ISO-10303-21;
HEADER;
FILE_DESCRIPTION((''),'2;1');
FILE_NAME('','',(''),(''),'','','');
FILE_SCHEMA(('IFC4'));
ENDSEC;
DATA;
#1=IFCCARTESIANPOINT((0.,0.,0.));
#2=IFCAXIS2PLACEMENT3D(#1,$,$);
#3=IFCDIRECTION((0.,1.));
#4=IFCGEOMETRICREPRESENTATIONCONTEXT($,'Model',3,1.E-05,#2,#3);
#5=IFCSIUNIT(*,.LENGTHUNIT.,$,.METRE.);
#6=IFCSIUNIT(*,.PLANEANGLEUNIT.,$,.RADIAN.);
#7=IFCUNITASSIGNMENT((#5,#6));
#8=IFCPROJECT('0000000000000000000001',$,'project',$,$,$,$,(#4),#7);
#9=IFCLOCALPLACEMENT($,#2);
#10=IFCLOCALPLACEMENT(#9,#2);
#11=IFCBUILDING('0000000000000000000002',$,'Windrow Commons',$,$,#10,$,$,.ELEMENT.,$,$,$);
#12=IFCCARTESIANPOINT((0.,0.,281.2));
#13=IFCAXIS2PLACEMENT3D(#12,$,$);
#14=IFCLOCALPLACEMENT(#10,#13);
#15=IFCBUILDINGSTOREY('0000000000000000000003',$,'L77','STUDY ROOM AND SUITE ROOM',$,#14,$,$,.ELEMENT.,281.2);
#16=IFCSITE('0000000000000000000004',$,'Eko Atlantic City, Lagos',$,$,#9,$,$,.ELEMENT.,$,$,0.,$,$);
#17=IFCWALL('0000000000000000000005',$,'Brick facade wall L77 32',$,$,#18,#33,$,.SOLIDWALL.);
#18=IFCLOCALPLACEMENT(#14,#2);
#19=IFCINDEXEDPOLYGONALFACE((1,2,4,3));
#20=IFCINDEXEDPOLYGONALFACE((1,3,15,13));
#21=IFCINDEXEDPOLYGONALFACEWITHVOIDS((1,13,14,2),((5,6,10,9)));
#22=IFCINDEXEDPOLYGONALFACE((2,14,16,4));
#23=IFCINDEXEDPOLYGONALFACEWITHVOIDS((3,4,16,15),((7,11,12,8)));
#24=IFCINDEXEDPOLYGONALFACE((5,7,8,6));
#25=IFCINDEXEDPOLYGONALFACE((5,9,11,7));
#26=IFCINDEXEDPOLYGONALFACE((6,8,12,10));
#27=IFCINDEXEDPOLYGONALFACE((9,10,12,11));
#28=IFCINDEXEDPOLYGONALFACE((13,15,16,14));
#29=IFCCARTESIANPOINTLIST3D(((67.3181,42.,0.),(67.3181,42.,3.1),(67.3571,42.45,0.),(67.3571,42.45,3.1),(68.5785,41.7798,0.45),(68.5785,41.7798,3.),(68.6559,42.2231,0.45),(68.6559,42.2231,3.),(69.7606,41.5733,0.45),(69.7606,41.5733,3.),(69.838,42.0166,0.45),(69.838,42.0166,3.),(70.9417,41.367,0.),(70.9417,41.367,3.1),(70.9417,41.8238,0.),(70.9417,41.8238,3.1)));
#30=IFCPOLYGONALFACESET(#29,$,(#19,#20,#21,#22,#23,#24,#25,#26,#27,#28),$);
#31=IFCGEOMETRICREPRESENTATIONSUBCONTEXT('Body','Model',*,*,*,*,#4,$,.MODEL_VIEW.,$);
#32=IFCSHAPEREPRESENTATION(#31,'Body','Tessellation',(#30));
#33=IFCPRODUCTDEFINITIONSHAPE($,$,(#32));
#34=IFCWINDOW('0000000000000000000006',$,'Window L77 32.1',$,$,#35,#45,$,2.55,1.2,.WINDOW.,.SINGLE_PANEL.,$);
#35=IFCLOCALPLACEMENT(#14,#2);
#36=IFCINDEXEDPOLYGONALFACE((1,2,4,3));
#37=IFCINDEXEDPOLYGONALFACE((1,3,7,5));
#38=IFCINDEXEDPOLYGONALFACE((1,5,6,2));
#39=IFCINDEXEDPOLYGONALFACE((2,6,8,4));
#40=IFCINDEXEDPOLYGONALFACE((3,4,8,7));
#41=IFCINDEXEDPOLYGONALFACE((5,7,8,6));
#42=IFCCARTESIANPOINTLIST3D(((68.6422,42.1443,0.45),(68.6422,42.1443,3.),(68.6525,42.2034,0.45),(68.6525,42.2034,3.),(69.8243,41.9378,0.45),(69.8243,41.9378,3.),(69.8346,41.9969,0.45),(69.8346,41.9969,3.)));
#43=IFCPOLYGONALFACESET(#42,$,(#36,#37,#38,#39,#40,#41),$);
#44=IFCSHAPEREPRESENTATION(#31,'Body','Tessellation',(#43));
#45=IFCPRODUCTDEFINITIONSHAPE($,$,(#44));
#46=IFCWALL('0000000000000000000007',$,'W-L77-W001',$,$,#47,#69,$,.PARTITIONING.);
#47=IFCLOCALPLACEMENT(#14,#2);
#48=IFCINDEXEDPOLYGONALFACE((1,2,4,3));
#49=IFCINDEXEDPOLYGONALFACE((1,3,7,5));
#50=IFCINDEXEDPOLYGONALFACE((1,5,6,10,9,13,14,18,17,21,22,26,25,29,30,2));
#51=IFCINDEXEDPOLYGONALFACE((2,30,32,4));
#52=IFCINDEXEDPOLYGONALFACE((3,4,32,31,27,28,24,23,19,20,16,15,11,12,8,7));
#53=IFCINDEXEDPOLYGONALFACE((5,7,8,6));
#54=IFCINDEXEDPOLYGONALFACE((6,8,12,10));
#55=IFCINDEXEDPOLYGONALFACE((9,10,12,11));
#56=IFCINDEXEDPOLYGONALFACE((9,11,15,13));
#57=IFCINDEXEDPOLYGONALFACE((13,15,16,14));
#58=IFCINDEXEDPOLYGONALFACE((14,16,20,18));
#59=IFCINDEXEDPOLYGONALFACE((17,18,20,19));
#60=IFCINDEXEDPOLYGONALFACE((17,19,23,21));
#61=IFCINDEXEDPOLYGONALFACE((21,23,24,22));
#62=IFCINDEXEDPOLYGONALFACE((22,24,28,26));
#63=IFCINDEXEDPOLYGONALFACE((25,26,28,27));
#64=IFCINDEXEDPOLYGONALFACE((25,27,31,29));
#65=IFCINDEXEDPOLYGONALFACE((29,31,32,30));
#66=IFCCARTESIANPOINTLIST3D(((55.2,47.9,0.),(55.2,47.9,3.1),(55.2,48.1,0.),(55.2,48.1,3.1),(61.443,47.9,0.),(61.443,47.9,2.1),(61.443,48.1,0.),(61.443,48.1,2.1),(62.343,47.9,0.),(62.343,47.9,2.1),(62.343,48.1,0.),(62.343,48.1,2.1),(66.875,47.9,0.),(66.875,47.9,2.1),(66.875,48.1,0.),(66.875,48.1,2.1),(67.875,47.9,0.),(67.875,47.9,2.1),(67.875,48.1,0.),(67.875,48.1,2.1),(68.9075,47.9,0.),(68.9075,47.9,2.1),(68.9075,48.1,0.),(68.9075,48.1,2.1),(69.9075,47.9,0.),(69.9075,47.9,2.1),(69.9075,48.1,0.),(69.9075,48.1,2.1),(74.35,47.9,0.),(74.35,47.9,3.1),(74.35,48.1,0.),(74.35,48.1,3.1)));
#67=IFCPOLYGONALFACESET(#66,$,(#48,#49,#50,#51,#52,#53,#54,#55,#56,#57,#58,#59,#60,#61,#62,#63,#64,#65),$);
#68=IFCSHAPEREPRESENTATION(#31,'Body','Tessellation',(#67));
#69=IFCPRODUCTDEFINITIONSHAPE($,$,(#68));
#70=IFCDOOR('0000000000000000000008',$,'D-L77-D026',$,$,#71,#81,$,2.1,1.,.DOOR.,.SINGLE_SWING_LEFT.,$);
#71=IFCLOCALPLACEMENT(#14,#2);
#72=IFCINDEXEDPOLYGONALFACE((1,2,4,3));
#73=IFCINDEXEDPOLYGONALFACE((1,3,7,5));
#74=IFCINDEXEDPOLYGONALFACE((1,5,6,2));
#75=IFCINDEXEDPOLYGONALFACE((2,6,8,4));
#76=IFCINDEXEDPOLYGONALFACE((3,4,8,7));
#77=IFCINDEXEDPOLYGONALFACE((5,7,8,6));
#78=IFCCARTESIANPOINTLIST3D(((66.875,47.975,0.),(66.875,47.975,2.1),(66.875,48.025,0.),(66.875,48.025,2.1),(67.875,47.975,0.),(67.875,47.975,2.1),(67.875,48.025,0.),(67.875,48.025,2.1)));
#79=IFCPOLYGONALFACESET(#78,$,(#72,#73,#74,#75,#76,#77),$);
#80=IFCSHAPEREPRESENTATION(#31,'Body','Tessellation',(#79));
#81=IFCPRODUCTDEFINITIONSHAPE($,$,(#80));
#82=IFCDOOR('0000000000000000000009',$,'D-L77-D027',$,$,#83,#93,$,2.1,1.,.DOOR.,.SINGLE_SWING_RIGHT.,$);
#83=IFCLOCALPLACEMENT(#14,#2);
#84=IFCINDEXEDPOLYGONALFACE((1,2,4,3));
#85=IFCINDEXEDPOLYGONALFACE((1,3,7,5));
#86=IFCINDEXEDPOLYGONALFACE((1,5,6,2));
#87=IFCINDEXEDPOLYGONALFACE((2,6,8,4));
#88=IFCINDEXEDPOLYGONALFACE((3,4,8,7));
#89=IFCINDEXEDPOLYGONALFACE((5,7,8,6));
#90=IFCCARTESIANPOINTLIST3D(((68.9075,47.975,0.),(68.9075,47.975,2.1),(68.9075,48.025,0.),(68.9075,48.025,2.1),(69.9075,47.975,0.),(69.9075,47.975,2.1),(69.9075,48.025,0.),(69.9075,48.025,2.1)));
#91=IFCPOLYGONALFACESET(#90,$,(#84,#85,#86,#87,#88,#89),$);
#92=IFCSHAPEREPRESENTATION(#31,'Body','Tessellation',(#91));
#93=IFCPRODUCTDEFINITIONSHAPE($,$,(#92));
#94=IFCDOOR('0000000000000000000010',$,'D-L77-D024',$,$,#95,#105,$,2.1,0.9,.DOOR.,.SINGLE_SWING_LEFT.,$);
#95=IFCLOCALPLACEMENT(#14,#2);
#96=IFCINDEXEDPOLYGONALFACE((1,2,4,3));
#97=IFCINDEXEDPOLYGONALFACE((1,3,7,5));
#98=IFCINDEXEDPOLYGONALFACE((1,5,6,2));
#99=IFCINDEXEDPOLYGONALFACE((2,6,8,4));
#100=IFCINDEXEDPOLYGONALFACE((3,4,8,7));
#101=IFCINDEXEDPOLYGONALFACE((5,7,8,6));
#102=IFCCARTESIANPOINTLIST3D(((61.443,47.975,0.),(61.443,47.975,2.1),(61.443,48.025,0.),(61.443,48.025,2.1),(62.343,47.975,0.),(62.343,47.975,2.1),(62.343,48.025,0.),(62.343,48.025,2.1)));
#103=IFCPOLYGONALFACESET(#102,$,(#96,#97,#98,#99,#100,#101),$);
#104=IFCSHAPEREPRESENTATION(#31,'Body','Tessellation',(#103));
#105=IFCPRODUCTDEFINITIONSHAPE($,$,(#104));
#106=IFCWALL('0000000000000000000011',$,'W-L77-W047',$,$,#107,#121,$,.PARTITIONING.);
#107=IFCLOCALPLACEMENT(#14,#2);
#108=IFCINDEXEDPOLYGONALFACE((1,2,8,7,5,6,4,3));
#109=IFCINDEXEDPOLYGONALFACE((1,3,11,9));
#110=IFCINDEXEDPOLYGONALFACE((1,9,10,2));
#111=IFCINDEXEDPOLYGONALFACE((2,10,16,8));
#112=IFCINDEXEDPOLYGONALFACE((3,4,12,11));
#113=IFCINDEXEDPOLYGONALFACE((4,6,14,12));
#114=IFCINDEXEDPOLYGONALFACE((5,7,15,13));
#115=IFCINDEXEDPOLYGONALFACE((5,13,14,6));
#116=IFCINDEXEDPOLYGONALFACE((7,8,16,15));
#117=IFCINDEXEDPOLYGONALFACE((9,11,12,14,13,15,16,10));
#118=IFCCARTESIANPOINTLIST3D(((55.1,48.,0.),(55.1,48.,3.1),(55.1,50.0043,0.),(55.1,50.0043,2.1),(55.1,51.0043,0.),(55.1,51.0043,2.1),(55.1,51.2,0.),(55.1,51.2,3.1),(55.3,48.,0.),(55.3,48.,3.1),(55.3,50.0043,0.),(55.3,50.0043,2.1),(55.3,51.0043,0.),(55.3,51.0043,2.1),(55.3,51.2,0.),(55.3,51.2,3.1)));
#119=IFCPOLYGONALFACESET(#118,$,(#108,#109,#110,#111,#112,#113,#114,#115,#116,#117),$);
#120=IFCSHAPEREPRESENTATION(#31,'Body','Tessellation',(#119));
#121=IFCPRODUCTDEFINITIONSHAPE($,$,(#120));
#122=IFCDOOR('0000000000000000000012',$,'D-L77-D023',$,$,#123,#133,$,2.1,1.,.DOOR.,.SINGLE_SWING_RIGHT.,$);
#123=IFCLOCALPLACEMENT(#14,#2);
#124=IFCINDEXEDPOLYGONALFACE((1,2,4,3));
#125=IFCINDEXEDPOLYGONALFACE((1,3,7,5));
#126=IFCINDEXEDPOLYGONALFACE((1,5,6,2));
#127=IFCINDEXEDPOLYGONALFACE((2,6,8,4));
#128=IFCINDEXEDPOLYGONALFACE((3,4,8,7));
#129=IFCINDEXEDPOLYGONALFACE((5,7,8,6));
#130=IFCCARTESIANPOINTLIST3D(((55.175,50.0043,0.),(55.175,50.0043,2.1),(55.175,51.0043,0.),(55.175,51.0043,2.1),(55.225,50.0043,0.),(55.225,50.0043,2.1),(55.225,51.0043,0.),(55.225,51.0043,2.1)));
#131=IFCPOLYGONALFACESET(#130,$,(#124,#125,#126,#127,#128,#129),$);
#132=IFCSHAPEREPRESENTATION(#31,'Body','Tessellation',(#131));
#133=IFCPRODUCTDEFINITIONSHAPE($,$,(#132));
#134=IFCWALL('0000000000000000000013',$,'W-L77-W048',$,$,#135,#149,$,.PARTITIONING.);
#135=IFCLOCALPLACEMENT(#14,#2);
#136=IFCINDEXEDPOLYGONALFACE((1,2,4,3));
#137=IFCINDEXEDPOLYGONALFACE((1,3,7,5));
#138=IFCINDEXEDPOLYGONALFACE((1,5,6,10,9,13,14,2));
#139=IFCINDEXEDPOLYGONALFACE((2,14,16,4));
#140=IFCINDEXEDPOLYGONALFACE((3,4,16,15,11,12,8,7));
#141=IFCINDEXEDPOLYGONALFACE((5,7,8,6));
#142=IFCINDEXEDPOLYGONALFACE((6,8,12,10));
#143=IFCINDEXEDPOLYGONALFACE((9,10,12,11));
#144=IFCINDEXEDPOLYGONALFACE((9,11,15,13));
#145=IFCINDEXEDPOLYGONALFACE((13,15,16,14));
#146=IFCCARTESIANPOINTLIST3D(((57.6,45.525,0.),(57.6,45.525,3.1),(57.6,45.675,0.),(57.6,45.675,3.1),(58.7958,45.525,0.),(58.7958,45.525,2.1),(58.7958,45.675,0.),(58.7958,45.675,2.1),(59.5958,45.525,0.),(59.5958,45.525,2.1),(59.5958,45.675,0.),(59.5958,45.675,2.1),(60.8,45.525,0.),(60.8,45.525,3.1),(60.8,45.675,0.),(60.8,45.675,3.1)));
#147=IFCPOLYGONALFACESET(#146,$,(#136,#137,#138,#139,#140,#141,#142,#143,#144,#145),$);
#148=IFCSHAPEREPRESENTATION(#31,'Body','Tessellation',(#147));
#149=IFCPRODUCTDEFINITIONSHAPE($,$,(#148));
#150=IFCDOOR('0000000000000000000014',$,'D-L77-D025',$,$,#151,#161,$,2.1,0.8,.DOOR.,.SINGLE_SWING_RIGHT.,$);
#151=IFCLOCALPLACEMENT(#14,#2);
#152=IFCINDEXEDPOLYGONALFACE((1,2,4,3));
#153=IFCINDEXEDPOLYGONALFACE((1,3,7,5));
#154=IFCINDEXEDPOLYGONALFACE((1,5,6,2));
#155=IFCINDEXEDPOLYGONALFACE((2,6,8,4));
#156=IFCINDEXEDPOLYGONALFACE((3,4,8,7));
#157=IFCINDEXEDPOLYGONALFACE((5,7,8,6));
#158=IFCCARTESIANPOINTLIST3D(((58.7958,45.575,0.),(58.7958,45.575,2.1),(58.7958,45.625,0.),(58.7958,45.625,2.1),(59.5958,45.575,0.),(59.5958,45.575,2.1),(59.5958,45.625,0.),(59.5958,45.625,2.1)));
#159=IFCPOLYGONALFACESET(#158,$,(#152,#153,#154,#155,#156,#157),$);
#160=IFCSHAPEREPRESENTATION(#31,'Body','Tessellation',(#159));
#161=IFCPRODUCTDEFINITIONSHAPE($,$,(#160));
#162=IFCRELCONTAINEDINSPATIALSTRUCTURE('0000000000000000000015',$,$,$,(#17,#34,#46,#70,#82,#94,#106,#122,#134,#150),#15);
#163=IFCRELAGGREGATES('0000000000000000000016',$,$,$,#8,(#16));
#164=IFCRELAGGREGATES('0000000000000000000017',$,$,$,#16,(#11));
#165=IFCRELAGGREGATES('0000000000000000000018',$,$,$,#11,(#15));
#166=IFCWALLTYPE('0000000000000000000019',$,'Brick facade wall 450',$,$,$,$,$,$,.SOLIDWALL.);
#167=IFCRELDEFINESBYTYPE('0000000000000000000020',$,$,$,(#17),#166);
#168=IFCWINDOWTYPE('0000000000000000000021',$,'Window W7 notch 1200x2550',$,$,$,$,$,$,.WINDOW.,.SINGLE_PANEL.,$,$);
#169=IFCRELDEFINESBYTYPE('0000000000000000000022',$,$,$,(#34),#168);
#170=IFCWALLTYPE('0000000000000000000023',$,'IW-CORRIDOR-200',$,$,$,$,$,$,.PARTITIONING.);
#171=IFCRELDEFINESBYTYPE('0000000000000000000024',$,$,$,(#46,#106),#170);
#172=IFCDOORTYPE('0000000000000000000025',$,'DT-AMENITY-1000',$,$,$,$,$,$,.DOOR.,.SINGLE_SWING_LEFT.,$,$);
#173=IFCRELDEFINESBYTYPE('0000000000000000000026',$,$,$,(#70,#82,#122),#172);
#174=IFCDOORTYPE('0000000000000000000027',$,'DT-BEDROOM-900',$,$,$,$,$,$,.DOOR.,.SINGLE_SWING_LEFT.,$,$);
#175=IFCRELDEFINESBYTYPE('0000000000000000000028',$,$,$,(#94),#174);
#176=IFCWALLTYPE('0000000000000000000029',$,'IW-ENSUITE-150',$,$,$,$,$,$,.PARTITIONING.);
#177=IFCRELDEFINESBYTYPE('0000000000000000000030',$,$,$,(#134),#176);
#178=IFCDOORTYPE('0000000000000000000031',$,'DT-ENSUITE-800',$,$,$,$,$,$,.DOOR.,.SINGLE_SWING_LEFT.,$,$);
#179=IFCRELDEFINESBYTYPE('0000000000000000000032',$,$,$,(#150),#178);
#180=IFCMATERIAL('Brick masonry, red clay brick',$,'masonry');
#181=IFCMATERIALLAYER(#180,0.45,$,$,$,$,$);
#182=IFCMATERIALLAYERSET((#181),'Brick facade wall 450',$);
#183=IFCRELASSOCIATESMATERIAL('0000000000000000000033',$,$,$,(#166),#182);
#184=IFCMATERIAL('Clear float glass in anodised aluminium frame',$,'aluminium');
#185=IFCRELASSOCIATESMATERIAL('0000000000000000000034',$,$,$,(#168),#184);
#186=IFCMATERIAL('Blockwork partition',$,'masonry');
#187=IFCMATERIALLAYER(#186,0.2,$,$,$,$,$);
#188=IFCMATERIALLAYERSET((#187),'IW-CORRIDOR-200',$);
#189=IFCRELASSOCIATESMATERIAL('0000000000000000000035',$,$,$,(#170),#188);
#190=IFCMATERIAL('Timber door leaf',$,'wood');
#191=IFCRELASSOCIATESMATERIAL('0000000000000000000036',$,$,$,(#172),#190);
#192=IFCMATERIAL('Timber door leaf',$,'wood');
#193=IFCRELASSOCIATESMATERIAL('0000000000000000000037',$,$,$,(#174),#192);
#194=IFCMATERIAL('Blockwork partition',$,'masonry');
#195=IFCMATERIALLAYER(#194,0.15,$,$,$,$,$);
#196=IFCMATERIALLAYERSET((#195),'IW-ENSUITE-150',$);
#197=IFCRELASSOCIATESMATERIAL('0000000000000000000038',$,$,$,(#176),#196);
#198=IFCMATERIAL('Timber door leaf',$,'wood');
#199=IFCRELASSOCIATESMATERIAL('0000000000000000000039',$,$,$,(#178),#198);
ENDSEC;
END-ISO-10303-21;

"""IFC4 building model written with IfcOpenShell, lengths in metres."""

from ifc_helpers import new_model, si_unit, direction, frame, frame_2d, origin, place, context, subcontext, project, spatial, polyline, rectangle, outline, extrude, material, layer, layer_set, type_object, element, fill, save


model = new_model("IFC4")

# Units and contexts
model_context = context("Model", 3, precision=1e-05, world=origin(), true_north=direction((0.0, 1.0)))
body_context = subcontext(model_context, "Body", "Model", "MODEL_VIEW")
ifc_project = project(units=[si_unit("LENGTHUNIT", "METRE"), si_unit("PLANEANGLEUNIT", "RADIAN")], contexts=[model_context])

# Site, building, storey
site_placement = place(None, origin())
site = spatial("IfcSite", under=ifc_project, at=site_placement, Name="Eko Atlantic City, Lagos", CompositionType="ELEMENT", RefElevation=0.0)
building_placement = place(site_placement, origin())
building = spatial("IfcBuilding", under=site, at=building_placement, Name="Windrow Commons", CompositionType="ELEMENT")
storey_placement = place(building_placement, frame((0.0, 0.0, 281.2)))
storey = spatial("IfcBuildingStorey", under=building, at=storey_placement, Name="L77", Description="STUDY ROOM AND SUITE ROOM", CompositionType="ELEMENT", Elevation=281.2)

# Shared definitions
ifc_material_1 = material(Name="Brick masonry, red clay brick", Category="masonry")
ifc_layer_1 = layer(ifc_material_1, 0.45)
ifc_layer_set_1 = layer_set([ifc_layer_1], Name="Brick facade wall 450")
wall_type_1 = type_object("IfcWallType", Name="Brick facade wall 450", PredefinedType="SOLIDWALL", material=ifc_layer_set_1)
ifc_material_2 = material(Name="Clear float glass in anodised aluminium frame", Category="aluminium")
window_type_1 = type_object("IfcWindowType", Name="Window W7 notch 1200x2550", PartitioningType="SINGLE_PANEL", PredefinedType="WINDOW", material=ifc_material_2)

# Wall, opening, window
wall_1_placement = place(storey_placement, frame((67.3376, 42.225, 0.0), z_axis=(0.0, 0.0, 1.0), x_axis=(0.985082, -0.172084, 0.0)))
wall_1 = element("IfcWall", 1, at=wall_1_placement, inside=storey, type_object=wall_type_1, Name="Brick facade wall L77 32", PredefinedType="SOLIDWALL", context=body_context, shape_type="SweptSolid", body=[
    extrude(outline(polyline([(0.0195, -0.225), (3.698, -0.225), (3.6194, 0.225), (-0.0195, 0.225), (0.0195, -0.225)])), origin(), (0.0, 0.0, 1.0), 3.1),
])
opening_1_placement = place(wall_1_placement, frame((1.299, 0.0, 0.45)))
opening_1 = element("IfcOpeningElement", 2, at=opening_1_placement, cuts=wall_1, PredefinedType="OPENING", context=body_context, shape_type="SweptSolid", body=[
    extrude(rectangle(XDim=1.2, YDim=2.55, at=frame_2d((0.6, 1.275))), frame((0.0, 0.235, 0.0), z_axis=(0.0, -1.0, 0.0), x_axis=(1.0, 0.0, 0.0)), (0.0, 0.0, 1.0), 0.47),
])
window_1_placement = place(opening_1_placement, origin())
window_1 = element("IfcWindow", 3, at=window_1_placement, inside=storey, type_object=window_type_1, Name="Window L77 32.1", OverallHeight=2.55, OverallWidth=1.2, PartitioningType="SINGLE_PANEL", PredefinedType="WINDOW", context=body_context, shape_type="SweptSolid", body=[
    extrude(rectangle(XDim=1.2, YDim=2.55, at=frame_2d((0.6, 1.275))), frame((0.0, 0.205, 0.0), z_axis=(0.0, -1.0, 0.0), x_axis=(1.0, 0.0, 0.0)), (0.0, 0.0, 1.0), 0.06),
])
fill(opening_1, window_1)

# Wall, openings, doors
ifc_material_3 = material(Name="Blockwork partition", Category="masonry")
ifc_layer_2 = layer(ifc_material_3, 0.2)
ifc_layer_set_2 = layer_set([ifc_layer_2], Name="IW-CORRIDOR-200")
wall_type_2 = type_object("IfcWallType", Name="IW-CORRIDOR-200", PredefinedType="PARTITIONING", material=ifc_layer_set_2)
wall_2_placement = place(storey_placement, frame((55.2, 48.0, 0.0), z_axis=(0.0, 0.0, 1.0), x_axis=(1.0, 0.0, 0.0)))
wall_2 = element("IfcWall", 4, at=wall_2_placement, inside=storey, type_object=wall_type_2, Name="W-L77-W001", PredefinedType="PARTITIONING", context=body_context, shape_type="SweptSolid", body=[
    extrude(rectangle(XDim=19.15, YDim=0.2, at=frame_2d((9.575, 0.0))), origin(), (0.0, 0.0, 1.0), 3.1),
])
opening_2_placement = place(wall_2_placement, frame((6.243, 0.0, 0.0)))
opening_2 = element("IfcOpeningElement", 5, at=opening_2_placement, cuts=wall_2, PredefinedType="OPENING", context=body_context, shape_type="SweptSolid", body=[
    extrude(rectangle(XDim=0.9, YDim=2.1, at=frame_2d((0.45, 1.05))), frame((0.0, 0.11, 0.0), z_axis=(0.0, -1.0, 0.0), x_axis=(1.0, 0.0, 0.0)), (0.0, 0.0, 1.0), 0.22),
])
opening_3_placement = place(wall_2_placement, frame((11.675, 0.0, 0.0)))
opening_3 = element("IfcOpeningElement", 6, at=opening_3_placement, cuts=wall_2, PredefinedType="OPENING", context=body_context, shape_type="SweptSolid", body=[
    extrude(rectangle(XDim=1.0, YDim=2.1, at=frame_2d((0.5, 1.05))), frame((0.0, 0.11, 0.0), z_axis=(0.0, -1.0, 0.0), x_axis=(1.0, 0.0, 0.0)), (0.0, 0.0, 1.0), 0.22),
])
opening_4_placement = place(wall_2_placement, frame((13.7075, 0.0, 0.0)))
opening_4 = element("IfcOpeningElement", 7, at=opening_4_placement, cuts=wall_2, PredefinedType="OPENING", context=body_context, shape_type="SweptSolid", body=[
    extrude(rectangle(XDim=1.0, YDim=2.1, at=frame_2d((0.5, 1.05))), frame((0.0, 0.11, 0.0), z_axis=(0.0, -1.0, 0.0), x_axis=(1.0, 0.0, 0.0)), (0.0, 0.0, 1.0), 0.22),
])
ifc_material_4 = material(Name="Timber door leaf", Category="wood")
door_type_1 = type_object("IfcDoorType", Name="DT-AMENITY-1000", OperationType="SINGLE_SWING_LEFT", PredefinedType="DOOR", material=ifc_material_4)
door_1_placement = place(opening_3_placement, origin())
door_1 = element("IfcDoor", 8, at=door_1_placement, inside=storey, type_object=door_type_1, Name="D-L77-D026", OperationType="SINGLE_SWING_LEFT", OverallHeight=2.1, OverallWidth=1.0, PredefinedType="DOOR", context=body_context, shape_type="SweptSolid", body=[
    extrude(rectangle(XDim=1.0, YDim=2.1, at=frame_2d((0.5, 1.05))), frame((0.0, 0.025, 0.0), z_axis=(0.0, -1.0, 0.0), x_axis=(1.0, 0.0, 0.0)), (0.0, 0.0, 1.0), 0.05),
])
fill(opening_3, door_1)
door_2_placement = place(opening_4_placement, origin())
door_2 = element("IfcDoor", 9, at=door_2_placement, inside=storey, type_object=door_type_1, Name="D-L77-D027", OperationType="SINGLE_SWING_RIGHT", OverallHeight=2.1, OverallWidth=1.0, PredefinedType="DOOR", context=body_context, shape_type="SweptSolid", body=[
    extrude(rectangle(XDim=1.0, YDim=2.1, at=frame_2d((0.5, 1.05))), frame((0.0, 0.025, 0.0), z_axis=(0.0, -1.0, 0.0), x_axis=(1.0, 0.0, 0.0)), (0.0, 0.0, 1.0), 0.05),
])
fill(opening_4, door_2)
ifc_material_5 = material(Name="Timber door leaf", Category="wood")
door_type_2 = type_object("IfcDoorType", Name="DT-BEDROOM-900", OperationType="SINGLE_SWING_LEFT", PredefinedType="DOOR", material=ifc_material_5)
door_3_placement = place(opening_2_placement, origin())
door_3 = element("IfcDoor", 10, at=door_3_placement, inside=storey, type_object=door_type_2, Name="D-L77-D024", OperationType="SINGLE_SWING_LEFT", OverallHeight=2.1, OverallWidth=0.9, PredefinedType="DOOR", context=body_context, shape_type="SweptSolid", body=[
    extrude(rectangle(XDim=0.9, YDim=2.1, at=frame_2d((0.45, 1.05))), frame((0.0, 0.025, 0.0), z_axis=(0.0, -1.0, 0.0), x_axis=(1.0, 0.0, 0.0)), (0.0, 0.0, 1.0), 0.05),
])
fill(opening_2, door_3)

# Walls, openings, doors
wall_3_placement = place(storey_placement, frame((55.2, 48.0, 0.0), z_axis=(0.0, 0.0, 1.0), x_axis=(0.0, 1.0, 0.0)))
wall_3 = element("IfcWall", 11, at=wall_3_placement, inside=storey, type_object=wall_type_2, Name="W-L77-W047", PredefinedType="PARTITIONING", context=body_context, shape_type="SweptSolid", body=[
    extrude(rectangle(XDim=3.2, YDim=0.2, at=frame_2d((1.6, 0.0))), origin(), (0.0, 0.0, 1.0), 3.1),
])
opening_5_placement = place(wall_3_placement, frame((2.0043, 0.0, 0.0)))
opening_5 = element("IfcOpeningElement", 12, at=opening_5_placement, cuts=wall_3, PredefinedType="OPENING", context=body_context, shape_type="SweptSolid", body=[
    extrude(rectangle(XDim=1.0, YDim=2.1, at=frame_2d((0.5, 1.05))), frame((0.0, 0.11, 0.0), z_axis=(0.0, -1.0, 0.0), x_axis=(1.0, 0.0, 0.0)), (0.0, 0.0, 1.0), 0.22),
])
door_4_placement = place(opening_5_placement, origin())
door_4 = element("IfcDoor", 13, at=door_4_placement, inside=storey, type_object=door_type_1, Name="D-L77-D023", OperationType="SINGLE_SWING_RIGHT", OverallHeight=2.1, OverallWidth=1.0, PredefinedType="DOOR", context=body_context, shape_type="SweptSolid", body=[
    extrude(rectangle(XDim=1.0, YDim=2.1, at=frame_2d((0.5, 1.05))), frame((0.0, 0.025, 0.0), z_axis=(0.0, -1.0, 0.0), x_axis=(1.0, 0.0, 0.0)), (0.0, 0.0, 1.0), 0.05),
])
fill(opening_5, door_4)
ifc_material_6 = material(Name="Blockwork partition", Category="masonry")
ifc_layer_3 = layer(ifc_material_6, 0.15)
ifc_layer_set_3 = layer_set([ifc_layer_3], Name="IW-ENSUITE-150")
wall_type_3 = type_object("IfcWallType", Name="IW-ENSUITE-150", PredefinedType="PARTITIONING", material=ifc_layer_set_3)
wall_4_placement = place(storey_placement, frame((57.6, 45.6, 0.0), z_axis=(0.0, 0.0, 1.0), x_axis=(1.0, 0.0, 0.0)))
wall_4 = element("IfcWall", 14, at=wall_4_placement, inside=storey, type_object=wall_type_3, Name="W-L77-W048", PredefinedType="PARTITIONING", context=body_context, shape_type="SweptSolid", body=[
    extrude(rectangle(XDim=3.2, YDim=0.15, at=frame_2d((1.6, 0.0))), origin(), (0.0, 0.0, 1.0), 3.1),
])
opening_6_placement = place(wall_4_placement, frame((1.1958, 0.0, 0.0)))
opening_6 = element("IfcOpeningElement", 15, at=opening_6_placement, cuts=wall_4, PredefinedType="OPENING", context=body_context, shape_type="SweptSolid", body=[
    extrude(rectangle(XDim=0.8, YDim=2.1, at=frame_2d((0.4, 1.05))), frame((0.0, 0.085, 0.0), z_axis=(0.0, -1.0, 0.0), x_axis=(1.0, 0.0, 0.0)), (0.0, 0.0, 1.0), 0.17),
])
ifc_material_7 = material(Name="Timber door leaf", Category="wood")
door_type_3 = type_object("IfcDoorType", Name="DT-ENSUITE-800", OperationType="SINGLE_SWING_LEFT", PredefinedType="DOOR", material=ifc_material_7)
door_5_placement = place(opening_6_placement, origin())
door_5 = element("IfcDoor", 16, at=door_5_placement, inside=storey, type_object=door_type_3, Name="D-L77-D025", OperationType="SINGLE_SWING_RIGHT", OverallHeight=2.1, OverallWidth=0.8, PredefinedType="DOOR", context=body_context, shape_type="SweptSolid", body=[
    extrude(rectangle(XDim=0.8, YDim=2.1, at=frame_2d((0.4, 1.05))), frame((0.0, 0.025, 0.0), z_axis=(0.0, -1.0, 0.0), x_axis=(1.0, 0.0, 0.0)), (0.0, 0.0, 1.0), 0.05),
])
fill(opening_6, door_5)

save(model, "model.ifc")
